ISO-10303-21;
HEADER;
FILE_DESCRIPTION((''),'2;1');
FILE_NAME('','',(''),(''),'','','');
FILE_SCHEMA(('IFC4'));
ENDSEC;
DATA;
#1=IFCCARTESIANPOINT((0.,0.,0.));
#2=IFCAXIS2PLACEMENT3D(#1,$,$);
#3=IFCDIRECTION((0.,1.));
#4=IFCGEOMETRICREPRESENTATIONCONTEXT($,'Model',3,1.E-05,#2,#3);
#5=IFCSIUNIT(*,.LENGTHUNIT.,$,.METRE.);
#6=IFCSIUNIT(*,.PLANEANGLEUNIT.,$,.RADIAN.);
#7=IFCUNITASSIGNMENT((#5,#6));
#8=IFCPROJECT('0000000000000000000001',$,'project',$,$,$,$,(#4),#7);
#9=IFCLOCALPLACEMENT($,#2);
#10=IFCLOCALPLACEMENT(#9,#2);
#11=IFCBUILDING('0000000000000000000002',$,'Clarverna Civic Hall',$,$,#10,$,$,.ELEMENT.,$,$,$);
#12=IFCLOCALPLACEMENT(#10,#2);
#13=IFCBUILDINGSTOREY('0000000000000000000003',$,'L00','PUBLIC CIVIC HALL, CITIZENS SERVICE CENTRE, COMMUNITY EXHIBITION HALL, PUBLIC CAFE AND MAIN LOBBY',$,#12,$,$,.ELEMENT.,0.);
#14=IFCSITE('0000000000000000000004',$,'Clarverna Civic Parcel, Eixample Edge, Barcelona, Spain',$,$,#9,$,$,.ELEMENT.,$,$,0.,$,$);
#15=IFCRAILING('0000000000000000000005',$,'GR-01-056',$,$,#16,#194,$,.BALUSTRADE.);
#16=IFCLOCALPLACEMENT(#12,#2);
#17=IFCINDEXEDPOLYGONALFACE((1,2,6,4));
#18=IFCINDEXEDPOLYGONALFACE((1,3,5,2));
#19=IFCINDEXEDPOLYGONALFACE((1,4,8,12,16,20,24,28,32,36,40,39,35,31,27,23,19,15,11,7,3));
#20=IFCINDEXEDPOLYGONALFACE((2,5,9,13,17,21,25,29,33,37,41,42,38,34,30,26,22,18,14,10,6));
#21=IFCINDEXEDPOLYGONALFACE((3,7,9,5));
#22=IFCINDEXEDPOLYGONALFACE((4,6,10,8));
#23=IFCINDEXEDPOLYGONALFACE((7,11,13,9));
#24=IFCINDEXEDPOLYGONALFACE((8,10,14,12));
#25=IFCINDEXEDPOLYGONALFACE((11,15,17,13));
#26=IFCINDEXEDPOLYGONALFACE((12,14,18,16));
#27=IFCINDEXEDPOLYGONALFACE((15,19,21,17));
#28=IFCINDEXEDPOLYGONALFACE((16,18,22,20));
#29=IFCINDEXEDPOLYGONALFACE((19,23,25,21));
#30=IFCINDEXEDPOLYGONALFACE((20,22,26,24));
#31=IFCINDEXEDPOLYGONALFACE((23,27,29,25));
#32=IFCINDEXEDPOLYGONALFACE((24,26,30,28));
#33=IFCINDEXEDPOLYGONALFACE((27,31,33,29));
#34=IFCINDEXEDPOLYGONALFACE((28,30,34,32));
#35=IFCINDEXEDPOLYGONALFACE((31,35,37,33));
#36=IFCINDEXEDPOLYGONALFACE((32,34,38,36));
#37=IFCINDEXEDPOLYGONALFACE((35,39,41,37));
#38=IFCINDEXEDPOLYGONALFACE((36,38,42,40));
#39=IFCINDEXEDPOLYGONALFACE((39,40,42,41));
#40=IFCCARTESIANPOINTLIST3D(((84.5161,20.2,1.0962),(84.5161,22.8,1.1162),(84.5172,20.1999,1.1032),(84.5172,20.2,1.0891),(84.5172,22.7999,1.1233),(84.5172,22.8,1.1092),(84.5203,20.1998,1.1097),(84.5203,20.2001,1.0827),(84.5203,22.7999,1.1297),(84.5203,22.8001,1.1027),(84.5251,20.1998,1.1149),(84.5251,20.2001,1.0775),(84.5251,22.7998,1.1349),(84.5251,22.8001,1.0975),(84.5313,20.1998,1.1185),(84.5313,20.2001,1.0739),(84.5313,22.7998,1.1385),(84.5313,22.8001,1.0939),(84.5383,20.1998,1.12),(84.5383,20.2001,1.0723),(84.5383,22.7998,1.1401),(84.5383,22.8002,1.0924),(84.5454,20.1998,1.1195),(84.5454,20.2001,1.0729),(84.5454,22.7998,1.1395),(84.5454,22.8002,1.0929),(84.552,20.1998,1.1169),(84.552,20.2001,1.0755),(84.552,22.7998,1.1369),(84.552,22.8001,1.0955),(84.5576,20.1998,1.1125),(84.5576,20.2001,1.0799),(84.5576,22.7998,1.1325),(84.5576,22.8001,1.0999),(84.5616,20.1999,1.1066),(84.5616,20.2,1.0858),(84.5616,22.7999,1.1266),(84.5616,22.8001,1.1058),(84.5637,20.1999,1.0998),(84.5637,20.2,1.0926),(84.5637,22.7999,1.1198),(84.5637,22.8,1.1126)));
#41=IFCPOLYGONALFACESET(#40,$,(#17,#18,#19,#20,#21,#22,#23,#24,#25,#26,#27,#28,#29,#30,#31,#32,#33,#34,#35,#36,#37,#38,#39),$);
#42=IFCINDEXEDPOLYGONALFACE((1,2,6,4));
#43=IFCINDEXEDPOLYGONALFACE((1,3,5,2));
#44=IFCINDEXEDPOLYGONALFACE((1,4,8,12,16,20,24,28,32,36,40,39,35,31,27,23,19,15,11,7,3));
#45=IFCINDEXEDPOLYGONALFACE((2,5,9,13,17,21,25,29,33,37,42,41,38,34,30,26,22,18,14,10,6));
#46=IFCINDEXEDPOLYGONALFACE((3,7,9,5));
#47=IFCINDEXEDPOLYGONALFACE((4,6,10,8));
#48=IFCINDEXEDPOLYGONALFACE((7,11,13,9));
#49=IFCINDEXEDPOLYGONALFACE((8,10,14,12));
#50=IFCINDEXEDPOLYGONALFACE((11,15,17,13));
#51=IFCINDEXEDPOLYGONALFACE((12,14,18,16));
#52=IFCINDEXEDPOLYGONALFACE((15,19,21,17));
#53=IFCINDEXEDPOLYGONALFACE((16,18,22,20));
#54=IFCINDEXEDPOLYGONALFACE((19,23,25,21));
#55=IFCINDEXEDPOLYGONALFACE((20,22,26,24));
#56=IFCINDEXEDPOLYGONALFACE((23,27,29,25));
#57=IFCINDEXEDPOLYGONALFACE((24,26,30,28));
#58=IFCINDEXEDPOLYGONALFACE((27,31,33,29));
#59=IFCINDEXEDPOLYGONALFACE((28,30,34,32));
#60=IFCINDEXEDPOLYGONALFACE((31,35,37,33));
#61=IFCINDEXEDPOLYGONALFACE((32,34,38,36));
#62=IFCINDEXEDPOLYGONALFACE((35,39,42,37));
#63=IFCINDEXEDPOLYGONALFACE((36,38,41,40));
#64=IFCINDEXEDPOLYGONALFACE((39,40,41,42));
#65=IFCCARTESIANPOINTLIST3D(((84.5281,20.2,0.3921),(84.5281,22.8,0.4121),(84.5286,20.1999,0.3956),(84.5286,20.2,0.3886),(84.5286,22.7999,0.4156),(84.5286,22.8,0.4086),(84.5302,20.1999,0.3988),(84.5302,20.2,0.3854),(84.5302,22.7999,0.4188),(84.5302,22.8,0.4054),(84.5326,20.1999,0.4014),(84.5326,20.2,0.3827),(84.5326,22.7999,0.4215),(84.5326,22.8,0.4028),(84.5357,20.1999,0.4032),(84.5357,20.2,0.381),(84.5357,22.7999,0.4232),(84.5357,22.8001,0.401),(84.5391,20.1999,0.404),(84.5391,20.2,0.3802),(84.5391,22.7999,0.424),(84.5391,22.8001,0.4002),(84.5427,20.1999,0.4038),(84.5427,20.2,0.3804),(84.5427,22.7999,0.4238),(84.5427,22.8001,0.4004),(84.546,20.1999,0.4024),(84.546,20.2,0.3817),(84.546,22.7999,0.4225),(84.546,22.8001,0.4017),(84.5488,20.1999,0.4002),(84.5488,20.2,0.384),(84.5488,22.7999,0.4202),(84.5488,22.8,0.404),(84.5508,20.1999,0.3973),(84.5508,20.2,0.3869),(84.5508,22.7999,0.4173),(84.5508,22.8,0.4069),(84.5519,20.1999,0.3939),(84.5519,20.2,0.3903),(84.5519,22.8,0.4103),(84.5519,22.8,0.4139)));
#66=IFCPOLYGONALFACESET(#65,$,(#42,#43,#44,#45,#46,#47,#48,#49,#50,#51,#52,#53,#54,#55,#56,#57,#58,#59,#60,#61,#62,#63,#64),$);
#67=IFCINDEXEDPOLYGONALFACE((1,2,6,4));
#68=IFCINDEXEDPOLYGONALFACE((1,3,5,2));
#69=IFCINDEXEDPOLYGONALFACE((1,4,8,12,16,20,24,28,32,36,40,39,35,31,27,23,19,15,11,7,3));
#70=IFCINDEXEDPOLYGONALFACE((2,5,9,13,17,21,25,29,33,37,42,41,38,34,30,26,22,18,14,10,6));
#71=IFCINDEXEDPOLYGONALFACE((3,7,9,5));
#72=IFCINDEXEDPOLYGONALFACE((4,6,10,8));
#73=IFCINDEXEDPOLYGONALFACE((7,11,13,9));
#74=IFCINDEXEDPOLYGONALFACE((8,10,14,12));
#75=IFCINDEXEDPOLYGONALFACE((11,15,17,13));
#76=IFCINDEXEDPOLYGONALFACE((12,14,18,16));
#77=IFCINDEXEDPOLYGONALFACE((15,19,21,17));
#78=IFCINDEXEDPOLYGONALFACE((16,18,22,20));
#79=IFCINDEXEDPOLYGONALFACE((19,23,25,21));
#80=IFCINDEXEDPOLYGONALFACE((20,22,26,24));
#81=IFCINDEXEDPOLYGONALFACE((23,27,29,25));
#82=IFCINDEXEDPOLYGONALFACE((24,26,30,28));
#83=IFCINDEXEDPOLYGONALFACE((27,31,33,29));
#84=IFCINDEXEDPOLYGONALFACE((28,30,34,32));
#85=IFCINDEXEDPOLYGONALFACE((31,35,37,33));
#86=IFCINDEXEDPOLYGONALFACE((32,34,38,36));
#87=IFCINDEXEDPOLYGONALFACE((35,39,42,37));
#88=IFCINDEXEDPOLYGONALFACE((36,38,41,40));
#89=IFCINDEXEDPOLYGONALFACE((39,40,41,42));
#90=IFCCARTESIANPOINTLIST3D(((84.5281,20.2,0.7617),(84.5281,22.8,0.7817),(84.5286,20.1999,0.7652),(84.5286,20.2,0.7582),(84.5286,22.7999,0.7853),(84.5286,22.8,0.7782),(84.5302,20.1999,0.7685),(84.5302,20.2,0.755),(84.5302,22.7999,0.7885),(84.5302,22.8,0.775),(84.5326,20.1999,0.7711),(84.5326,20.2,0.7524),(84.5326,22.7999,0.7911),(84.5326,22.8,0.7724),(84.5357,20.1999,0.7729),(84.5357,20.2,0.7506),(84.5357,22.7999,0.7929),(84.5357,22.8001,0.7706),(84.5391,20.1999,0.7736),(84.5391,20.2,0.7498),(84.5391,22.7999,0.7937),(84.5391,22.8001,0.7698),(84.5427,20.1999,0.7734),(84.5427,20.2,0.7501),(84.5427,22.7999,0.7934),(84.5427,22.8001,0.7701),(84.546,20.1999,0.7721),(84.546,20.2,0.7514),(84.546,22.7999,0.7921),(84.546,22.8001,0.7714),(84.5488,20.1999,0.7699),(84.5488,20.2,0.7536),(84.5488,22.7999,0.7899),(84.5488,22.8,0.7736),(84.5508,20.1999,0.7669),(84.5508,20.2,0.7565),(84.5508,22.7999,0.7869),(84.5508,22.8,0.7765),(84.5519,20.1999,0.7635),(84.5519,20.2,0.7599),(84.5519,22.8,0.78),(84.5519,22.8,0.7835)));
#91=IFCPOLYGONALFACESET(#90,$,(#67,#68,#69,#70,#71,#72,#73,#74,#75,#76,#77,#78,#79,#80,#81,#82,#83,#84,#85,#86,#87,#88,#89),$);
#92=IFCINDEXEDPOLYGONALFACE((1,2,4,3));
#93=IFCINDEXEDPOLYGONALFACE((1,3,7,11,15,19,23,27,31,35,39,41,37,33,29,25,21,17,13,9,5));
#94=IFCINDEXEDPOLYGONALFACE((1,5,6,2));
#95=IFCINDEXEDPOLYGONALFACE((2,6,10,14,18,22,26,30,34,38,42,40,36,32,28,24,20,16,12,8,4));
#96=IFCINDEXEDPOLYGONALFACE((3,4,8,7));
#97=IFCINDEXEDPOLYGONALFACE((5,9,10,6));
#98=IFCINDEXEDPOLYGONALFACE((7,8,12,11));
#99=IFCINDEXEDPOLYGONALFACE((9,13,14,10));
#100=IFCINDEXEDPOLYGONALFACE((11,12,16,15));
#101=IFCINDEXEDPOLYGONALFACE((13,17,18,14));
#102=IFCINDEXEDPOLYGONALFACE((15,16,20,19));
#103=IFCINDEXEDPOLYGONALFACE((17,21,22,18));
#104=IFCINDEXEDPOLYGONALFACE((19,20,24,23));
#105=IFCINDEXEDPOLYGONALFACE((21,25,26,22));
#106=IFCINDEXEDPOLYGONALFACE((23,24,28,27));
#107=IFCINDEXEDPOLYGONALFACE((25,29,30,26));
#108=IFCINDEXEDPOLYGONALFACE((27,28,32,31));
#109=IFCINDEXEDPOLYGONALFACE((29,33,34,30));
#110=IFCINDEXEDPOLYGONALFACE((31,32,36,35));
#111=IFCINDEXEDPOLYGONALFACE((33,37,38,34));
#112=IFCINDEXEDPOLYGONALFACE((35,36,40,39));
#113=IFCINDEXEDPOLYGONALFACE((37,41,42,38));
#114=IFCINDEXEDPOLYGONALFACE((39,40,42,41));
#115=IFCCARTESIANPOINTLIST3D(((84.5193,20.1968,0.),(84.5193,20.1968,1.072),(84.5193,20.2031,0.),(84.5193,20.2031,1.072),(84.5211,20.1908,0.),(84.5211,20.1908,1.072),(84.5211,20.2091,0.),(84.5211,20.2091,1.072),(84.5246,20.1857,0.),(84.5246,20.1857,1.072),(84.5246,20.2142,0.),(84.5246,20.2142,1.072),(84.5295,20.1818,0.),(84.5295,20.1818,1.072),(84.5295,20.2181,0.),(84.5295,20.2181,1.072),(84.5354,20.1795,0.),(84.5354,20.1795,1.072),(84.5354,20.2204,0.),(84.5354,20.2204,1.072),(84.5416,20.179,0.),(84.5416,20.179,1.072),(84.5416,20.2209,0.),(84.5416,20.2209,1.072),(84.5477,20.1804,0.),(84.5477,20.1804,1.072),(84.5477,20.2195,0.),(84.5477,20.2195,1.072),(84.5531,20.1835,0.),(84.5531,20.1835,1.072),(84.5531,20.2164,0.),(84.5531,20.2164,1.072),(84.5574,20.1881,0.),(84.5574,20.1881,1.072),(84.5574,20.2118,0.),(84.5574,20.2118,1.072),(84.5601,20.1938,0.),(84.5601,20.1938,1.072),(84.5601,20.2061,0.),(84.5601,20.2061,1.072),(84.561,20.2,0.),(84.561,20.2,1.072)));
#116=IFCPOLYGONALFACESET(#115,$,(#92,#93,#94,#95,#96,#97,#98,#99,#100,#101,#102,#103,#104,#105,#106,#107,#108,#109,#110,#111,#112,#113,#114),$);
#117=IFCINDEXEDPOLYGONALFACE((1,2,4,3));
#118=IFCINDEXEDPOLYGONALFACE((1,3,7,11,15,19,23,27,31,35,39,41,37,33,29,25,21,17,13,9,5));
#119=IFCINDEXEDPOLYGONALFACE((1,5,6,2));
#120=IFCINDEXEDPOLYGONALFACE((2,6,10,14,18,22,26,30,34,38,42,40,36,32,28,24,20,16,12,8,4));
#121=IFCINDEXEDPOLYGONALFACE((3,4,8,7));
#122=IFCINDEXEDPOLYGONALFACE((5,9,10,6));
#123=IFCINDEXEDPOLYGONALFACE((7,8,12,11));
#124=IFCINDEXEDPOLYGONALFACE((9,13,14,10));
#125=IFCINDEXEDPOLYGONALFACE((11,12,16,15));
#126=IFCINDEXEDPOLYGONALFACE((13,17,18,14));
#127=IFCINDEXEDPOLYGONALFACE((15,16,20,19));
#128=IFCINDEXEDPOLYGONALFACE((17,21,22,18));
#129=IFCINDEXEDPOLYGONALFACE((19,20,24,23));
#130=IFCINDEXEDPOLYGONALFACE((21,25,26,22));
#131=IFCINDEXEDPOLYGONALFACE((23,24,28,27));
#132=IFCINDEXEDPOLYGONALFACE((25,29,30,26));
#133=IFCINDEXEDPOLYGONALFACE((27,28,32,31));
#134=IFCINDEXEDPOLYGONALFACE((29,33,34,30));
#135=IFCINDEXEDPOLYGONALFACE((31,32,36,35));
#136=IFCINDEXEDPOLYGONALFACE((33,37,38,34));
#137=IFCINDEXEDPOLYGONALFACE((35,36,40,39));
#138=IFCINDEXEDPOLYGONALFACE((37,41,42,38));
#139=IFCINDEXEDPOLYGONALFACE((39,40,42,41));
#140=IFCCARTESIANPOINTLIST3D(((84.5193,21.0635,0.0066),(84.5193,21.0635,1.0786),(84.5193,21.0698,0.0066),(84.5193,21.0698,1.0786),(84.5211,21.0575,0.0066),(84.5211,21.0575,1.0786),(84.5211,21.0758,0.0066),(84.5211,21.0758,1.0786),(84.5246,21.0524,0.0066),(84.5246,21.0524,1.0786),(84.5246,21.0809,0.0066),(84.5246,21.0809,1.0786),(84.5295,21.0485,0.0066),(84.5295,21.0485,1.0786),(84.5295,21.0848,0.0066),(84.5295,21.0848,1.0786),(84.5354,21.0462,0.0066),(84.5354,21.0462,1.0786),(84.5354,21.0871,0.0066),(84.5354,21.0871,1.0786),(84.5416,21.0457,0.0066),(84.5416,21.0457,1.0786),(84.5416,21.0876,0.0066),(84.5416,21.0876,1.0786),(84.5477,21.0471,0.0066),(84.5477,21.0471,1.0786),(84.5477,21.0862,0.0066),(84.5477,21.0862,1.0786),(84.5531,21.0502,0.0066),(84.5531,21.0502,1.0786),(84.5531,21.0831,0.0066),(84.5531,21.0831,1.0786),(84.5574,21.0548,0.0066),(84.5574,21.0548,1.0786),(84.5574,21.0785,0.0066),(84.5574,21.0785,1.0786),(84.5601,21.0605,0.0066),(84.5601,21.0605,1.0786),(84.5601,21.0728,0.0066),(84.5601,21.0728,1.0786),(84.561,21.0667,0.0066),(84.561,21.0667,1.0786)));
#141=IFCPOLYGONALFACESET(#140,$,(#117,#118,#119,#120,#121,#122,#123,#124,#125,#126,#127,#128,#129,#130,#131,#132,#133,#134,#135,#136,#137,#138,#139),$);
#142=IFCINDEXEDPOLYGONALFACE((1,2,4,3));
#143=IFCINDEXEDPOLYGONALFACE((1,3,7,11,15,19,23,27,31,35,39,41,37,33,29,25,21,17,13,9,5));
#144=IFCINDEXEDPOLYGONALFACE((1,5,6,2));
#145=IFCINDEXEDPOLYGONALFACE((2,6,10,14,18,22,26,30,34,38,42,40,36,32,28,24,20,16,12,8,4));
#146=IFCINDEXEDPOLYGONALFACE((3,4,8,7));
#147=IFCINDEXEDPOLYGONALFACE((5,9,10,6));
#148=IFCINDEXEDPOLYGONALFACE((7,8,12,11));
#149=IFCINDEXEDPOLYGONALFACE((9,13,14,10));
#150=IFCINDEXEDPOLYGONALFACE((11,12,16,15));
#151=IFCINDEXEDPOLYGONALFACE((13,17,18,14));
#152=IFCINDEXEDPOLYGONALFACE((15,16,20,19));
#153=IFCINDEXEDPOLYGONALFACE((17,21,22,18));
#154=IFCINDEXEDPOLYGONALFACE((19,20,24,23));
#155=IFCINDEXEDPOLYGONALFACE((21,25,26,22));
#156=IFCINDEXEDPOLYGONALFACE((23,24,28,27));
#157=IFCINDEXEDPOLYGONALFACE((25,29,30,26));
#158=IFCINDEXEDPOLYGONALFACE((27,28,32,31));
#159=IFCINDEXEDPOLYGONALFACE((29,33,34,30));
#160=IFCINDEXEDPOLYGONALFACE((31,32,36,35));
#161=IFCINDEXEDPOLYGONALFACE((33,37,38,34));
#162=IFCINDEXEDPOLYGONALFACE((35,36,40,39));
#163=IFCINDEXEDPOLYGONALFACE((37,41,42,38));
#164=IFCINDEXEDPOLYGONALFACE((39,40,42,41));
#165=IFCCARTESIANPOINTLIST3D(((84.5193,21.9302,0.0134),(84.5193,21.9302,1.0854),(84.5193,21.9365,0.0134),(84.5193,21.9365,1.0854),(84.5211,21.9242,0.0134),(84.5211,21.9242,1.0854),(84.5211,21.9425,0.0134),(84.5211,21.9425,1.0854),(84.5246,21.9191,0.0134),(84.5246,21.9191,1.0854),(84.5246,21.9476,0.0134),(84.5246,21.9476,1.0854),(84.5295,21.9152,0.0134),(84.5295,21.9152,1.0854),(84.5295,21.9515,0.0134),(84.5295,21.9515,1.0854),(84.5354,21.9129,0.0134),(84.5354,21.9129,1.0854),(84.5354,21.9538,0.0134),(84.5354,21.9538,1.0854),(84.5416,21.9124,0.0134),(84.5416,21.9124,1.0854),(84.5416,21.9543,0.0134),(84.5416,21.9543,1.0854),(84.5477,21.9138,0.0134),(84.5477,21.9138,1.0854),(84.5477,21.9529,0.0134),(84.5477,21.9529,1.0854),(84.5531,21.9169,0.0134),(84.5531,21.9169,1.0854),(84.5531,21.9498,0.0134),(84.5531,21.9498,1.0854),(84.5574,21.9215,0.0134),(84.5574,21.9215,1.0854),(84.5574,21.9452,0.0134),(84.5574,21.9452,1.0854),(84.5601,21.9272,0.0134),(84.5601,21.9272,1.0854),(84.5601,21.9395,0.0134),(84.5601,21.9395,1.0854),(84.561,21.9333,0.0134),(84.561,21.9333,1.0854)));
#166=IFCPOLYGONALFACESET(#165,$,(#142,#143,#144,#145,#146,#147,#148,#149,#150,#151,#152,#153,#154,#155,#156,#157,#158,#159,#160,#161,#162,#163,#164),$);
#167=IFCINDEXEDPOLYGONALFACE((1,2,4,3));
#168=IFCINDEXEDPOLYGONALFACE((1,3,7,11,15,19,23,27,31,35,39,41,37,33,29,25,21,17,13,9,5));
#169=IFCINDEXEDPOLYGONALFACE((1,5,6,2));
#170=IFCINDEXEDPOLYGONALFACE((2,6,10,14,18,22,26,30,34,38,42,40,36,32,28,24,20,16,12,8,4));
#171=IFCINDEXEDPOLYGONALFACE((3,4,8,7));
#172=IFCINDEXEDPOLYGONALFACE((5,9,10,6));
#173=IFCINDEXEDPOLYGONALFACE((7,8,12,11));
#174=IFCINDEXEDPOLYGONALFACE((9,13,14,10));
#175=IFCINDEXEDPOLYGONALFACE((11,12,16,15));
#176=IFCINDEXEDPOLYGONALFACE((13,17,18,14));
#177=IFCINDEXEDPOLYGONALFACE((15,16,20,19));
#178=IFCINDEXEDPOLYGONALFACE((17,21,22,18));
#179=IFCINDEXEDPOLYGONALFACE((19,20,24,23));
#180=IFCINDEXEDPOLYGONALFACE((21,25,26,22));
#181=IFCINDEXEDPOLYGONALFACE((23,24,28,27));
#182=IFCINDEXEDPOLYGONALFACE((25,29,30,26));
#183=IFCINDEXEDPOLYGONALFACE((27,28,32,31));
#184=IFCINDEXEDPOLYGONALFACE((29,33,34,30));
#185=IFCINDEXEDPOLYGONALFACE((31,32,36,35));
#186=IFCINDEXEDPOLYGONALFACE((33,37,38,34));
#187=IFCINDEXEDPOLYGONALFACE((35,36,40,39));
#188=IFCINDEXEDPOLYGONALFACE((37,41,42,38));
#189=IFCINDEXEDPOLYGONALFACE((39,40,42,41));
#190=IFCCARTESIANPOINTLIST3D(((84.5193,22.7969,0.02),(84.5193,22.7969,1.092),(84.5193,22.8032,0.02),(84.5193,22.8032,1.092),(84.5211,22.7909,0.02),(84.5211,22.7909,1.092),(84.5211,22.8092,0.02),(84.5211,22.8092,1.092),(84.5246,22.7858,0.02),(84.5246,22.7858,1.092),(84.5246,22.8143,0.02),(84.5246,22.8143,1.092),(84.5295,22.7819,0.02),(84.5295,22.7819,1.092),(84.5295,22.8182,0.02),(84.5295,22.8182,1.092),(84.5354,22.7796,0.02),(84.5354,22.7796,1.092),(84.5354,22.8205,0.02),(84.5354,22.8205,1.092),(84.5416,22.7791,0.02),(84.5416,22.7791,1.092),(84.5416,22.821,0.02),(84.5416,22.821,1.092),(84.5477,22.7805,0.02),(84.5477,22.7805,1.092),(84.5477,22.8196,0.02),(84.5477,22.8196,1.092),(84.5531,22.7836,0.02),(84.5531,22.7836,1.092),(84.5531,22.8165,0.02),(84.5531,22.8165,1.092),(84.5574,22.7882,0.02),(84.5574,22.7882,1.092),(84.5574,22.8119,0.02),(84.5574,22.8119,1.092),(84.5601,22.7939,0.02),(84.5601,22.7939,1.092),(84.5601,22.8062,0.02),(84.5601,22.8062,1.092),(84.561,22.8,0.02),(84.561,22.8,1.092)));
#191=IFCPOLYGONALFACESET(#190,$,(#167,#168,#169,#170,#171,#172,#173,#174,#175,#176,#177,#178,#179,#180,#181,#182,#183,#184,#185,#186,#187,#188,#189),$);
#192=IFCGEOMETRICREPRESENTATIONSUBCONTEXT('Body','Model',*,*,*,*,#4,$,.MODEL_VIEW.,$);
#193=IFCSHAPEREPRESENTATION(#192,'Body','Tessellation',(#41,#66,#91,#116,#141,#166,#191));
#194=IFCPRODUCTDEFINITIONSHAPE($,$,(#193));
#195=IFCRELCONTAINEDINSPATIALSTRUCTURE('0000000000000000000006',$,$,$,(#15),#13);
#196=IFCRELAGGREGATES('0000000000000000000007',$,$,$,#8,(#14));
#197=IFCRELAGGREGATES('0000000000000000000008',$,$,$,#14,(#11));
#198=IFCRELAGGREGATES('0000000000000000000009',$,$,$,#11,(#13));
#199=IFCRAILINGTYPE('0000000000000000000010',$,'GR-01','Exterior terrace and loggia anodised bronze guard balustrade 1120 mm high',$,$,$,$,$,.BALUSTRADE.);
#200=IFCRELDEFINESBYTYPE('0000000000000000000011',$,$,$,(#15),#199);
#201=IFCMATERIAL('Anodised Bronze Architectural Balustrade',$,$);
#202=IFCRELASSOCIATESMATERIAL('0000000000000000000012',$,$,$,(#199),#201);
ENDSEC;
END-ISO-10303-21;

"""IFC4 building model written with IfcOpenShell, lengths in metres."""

from ifc_helpers import new_model, si_unit, direction, frame, origin, origin_2d, place, context, subcontext, project, spatial, circle, extrude, material, type_object, element, save


model = new_model("IFC4")

# Units and contexts
model_context = context("Model", 3, precision=1e-05, world=origin(), true_north=direction((0.0, 1.0)))
body_context = subcontext(model_context, "Body", "Model", "MODEL_VIEW")
ifc_project = project(units=[si_unit("LENGTHUNIT", "METRE"), si_unit("PLANEANGLEUNIT", "RADIAN")], contexts=[model_context])

# Site, building, storey
site_placement = place(None, origin())
site = spatial("IfcSite", under=ifc_project, at=site_placement, Name="Clarverna Civic Parcel, Eixample Edge, Barcelona, Spain", CompositionType="ELEMENT", RefElevation=0.0)
building_placement = place(site_placement, origin())
building = spatial("IfcBuilding", under=site, at=building_placement, Name="Clarverna Civic Hall", CompositionType="ELEMENT")
storey_placement = place(building_placement, origin())
storey = spatial("IfcBuildingStorey", under=building, at=storey_placement, Name="L00", Description="PUBLIC CIVIC HALL, CITIZENS SERVICE CENTRE, COMMUNITY EXHIBITION HALL, PUBLIC CAFE AND MAIN LOBBY", CompositionType="ELEMENT", Elevation=0.0)

# Railing
ifc_material_1 = material(Name="Anodised Bronze Architectural Balustrade")
railing_type = type_object("IfcRailingType", Name="GR-01", Description="Exterior terrace and loggia anodised bronze guard balustrade 1120 mm high", PredefinedType="BALUSTRADE", material=ifc_material_1)
for number, where, name in (
    (1, (84.54, 20.2, 0.0), "GR-01-056"),
):
    element("IfcRailing", number, at=place(storey_placement, frame(where)), inside=storey, type_object=railing_type, Name=name, PredefinedType="BALUSTRADE", context=body_context, shape_type="SweptSolid", body=[
        extrude(circle(Radius=0.0239, at=origin_2d()), frame((0.0, 0.0, 1.0962), z_axis=(0.0, 0.99997, 0.007699), x_axis=(-1.0, 0.0, 0.0)), (0.0, 0.0, 1.0), 2.6001),
        extrude(circle(Radius=0.012, at=origin_2d()), frame((0.0, 0.0, 0.3921), z_axis=(0.0, 0.99997, 0.007699), x_axis=(-1.0, 0.0, 0.0)), (0.0, 0.0, 1.0), 2.6001),
        extrude(circle(Radius=0.012, at=origin_2d()), frame((0.0, 0.0, 0.7617), z_axis=(0.0, 0.99997, 0.007699), x_axis=(-1.0, 0.0, 0.0)), (0.0, 0.0, 1.0), 2.6001),
        extrude(circle(Radius=0.021, at=origin_2d()), origin(), (0.0, 0.0, 1.0), 1.072),
        extrude(circle(Radius=0.021, at=origin_2d()), frame((0.0, 0.8667, 0.0066)), (0.0, 0.0, 1.0), 1.072),
        extrude(circle(Radius=0.021, at=origin_2d()), frame((0.0, 1.7334, 0.0134)), (0.0, 0.0, 1.0), 1.072),
        extrude(circle(Radius=0.021, at=origin_2d()), frame((0.0, 2.6001, 0.02)), (0.0, 0.0, 1.0), 1.072),
    ])

save(model, "model.ifc")
